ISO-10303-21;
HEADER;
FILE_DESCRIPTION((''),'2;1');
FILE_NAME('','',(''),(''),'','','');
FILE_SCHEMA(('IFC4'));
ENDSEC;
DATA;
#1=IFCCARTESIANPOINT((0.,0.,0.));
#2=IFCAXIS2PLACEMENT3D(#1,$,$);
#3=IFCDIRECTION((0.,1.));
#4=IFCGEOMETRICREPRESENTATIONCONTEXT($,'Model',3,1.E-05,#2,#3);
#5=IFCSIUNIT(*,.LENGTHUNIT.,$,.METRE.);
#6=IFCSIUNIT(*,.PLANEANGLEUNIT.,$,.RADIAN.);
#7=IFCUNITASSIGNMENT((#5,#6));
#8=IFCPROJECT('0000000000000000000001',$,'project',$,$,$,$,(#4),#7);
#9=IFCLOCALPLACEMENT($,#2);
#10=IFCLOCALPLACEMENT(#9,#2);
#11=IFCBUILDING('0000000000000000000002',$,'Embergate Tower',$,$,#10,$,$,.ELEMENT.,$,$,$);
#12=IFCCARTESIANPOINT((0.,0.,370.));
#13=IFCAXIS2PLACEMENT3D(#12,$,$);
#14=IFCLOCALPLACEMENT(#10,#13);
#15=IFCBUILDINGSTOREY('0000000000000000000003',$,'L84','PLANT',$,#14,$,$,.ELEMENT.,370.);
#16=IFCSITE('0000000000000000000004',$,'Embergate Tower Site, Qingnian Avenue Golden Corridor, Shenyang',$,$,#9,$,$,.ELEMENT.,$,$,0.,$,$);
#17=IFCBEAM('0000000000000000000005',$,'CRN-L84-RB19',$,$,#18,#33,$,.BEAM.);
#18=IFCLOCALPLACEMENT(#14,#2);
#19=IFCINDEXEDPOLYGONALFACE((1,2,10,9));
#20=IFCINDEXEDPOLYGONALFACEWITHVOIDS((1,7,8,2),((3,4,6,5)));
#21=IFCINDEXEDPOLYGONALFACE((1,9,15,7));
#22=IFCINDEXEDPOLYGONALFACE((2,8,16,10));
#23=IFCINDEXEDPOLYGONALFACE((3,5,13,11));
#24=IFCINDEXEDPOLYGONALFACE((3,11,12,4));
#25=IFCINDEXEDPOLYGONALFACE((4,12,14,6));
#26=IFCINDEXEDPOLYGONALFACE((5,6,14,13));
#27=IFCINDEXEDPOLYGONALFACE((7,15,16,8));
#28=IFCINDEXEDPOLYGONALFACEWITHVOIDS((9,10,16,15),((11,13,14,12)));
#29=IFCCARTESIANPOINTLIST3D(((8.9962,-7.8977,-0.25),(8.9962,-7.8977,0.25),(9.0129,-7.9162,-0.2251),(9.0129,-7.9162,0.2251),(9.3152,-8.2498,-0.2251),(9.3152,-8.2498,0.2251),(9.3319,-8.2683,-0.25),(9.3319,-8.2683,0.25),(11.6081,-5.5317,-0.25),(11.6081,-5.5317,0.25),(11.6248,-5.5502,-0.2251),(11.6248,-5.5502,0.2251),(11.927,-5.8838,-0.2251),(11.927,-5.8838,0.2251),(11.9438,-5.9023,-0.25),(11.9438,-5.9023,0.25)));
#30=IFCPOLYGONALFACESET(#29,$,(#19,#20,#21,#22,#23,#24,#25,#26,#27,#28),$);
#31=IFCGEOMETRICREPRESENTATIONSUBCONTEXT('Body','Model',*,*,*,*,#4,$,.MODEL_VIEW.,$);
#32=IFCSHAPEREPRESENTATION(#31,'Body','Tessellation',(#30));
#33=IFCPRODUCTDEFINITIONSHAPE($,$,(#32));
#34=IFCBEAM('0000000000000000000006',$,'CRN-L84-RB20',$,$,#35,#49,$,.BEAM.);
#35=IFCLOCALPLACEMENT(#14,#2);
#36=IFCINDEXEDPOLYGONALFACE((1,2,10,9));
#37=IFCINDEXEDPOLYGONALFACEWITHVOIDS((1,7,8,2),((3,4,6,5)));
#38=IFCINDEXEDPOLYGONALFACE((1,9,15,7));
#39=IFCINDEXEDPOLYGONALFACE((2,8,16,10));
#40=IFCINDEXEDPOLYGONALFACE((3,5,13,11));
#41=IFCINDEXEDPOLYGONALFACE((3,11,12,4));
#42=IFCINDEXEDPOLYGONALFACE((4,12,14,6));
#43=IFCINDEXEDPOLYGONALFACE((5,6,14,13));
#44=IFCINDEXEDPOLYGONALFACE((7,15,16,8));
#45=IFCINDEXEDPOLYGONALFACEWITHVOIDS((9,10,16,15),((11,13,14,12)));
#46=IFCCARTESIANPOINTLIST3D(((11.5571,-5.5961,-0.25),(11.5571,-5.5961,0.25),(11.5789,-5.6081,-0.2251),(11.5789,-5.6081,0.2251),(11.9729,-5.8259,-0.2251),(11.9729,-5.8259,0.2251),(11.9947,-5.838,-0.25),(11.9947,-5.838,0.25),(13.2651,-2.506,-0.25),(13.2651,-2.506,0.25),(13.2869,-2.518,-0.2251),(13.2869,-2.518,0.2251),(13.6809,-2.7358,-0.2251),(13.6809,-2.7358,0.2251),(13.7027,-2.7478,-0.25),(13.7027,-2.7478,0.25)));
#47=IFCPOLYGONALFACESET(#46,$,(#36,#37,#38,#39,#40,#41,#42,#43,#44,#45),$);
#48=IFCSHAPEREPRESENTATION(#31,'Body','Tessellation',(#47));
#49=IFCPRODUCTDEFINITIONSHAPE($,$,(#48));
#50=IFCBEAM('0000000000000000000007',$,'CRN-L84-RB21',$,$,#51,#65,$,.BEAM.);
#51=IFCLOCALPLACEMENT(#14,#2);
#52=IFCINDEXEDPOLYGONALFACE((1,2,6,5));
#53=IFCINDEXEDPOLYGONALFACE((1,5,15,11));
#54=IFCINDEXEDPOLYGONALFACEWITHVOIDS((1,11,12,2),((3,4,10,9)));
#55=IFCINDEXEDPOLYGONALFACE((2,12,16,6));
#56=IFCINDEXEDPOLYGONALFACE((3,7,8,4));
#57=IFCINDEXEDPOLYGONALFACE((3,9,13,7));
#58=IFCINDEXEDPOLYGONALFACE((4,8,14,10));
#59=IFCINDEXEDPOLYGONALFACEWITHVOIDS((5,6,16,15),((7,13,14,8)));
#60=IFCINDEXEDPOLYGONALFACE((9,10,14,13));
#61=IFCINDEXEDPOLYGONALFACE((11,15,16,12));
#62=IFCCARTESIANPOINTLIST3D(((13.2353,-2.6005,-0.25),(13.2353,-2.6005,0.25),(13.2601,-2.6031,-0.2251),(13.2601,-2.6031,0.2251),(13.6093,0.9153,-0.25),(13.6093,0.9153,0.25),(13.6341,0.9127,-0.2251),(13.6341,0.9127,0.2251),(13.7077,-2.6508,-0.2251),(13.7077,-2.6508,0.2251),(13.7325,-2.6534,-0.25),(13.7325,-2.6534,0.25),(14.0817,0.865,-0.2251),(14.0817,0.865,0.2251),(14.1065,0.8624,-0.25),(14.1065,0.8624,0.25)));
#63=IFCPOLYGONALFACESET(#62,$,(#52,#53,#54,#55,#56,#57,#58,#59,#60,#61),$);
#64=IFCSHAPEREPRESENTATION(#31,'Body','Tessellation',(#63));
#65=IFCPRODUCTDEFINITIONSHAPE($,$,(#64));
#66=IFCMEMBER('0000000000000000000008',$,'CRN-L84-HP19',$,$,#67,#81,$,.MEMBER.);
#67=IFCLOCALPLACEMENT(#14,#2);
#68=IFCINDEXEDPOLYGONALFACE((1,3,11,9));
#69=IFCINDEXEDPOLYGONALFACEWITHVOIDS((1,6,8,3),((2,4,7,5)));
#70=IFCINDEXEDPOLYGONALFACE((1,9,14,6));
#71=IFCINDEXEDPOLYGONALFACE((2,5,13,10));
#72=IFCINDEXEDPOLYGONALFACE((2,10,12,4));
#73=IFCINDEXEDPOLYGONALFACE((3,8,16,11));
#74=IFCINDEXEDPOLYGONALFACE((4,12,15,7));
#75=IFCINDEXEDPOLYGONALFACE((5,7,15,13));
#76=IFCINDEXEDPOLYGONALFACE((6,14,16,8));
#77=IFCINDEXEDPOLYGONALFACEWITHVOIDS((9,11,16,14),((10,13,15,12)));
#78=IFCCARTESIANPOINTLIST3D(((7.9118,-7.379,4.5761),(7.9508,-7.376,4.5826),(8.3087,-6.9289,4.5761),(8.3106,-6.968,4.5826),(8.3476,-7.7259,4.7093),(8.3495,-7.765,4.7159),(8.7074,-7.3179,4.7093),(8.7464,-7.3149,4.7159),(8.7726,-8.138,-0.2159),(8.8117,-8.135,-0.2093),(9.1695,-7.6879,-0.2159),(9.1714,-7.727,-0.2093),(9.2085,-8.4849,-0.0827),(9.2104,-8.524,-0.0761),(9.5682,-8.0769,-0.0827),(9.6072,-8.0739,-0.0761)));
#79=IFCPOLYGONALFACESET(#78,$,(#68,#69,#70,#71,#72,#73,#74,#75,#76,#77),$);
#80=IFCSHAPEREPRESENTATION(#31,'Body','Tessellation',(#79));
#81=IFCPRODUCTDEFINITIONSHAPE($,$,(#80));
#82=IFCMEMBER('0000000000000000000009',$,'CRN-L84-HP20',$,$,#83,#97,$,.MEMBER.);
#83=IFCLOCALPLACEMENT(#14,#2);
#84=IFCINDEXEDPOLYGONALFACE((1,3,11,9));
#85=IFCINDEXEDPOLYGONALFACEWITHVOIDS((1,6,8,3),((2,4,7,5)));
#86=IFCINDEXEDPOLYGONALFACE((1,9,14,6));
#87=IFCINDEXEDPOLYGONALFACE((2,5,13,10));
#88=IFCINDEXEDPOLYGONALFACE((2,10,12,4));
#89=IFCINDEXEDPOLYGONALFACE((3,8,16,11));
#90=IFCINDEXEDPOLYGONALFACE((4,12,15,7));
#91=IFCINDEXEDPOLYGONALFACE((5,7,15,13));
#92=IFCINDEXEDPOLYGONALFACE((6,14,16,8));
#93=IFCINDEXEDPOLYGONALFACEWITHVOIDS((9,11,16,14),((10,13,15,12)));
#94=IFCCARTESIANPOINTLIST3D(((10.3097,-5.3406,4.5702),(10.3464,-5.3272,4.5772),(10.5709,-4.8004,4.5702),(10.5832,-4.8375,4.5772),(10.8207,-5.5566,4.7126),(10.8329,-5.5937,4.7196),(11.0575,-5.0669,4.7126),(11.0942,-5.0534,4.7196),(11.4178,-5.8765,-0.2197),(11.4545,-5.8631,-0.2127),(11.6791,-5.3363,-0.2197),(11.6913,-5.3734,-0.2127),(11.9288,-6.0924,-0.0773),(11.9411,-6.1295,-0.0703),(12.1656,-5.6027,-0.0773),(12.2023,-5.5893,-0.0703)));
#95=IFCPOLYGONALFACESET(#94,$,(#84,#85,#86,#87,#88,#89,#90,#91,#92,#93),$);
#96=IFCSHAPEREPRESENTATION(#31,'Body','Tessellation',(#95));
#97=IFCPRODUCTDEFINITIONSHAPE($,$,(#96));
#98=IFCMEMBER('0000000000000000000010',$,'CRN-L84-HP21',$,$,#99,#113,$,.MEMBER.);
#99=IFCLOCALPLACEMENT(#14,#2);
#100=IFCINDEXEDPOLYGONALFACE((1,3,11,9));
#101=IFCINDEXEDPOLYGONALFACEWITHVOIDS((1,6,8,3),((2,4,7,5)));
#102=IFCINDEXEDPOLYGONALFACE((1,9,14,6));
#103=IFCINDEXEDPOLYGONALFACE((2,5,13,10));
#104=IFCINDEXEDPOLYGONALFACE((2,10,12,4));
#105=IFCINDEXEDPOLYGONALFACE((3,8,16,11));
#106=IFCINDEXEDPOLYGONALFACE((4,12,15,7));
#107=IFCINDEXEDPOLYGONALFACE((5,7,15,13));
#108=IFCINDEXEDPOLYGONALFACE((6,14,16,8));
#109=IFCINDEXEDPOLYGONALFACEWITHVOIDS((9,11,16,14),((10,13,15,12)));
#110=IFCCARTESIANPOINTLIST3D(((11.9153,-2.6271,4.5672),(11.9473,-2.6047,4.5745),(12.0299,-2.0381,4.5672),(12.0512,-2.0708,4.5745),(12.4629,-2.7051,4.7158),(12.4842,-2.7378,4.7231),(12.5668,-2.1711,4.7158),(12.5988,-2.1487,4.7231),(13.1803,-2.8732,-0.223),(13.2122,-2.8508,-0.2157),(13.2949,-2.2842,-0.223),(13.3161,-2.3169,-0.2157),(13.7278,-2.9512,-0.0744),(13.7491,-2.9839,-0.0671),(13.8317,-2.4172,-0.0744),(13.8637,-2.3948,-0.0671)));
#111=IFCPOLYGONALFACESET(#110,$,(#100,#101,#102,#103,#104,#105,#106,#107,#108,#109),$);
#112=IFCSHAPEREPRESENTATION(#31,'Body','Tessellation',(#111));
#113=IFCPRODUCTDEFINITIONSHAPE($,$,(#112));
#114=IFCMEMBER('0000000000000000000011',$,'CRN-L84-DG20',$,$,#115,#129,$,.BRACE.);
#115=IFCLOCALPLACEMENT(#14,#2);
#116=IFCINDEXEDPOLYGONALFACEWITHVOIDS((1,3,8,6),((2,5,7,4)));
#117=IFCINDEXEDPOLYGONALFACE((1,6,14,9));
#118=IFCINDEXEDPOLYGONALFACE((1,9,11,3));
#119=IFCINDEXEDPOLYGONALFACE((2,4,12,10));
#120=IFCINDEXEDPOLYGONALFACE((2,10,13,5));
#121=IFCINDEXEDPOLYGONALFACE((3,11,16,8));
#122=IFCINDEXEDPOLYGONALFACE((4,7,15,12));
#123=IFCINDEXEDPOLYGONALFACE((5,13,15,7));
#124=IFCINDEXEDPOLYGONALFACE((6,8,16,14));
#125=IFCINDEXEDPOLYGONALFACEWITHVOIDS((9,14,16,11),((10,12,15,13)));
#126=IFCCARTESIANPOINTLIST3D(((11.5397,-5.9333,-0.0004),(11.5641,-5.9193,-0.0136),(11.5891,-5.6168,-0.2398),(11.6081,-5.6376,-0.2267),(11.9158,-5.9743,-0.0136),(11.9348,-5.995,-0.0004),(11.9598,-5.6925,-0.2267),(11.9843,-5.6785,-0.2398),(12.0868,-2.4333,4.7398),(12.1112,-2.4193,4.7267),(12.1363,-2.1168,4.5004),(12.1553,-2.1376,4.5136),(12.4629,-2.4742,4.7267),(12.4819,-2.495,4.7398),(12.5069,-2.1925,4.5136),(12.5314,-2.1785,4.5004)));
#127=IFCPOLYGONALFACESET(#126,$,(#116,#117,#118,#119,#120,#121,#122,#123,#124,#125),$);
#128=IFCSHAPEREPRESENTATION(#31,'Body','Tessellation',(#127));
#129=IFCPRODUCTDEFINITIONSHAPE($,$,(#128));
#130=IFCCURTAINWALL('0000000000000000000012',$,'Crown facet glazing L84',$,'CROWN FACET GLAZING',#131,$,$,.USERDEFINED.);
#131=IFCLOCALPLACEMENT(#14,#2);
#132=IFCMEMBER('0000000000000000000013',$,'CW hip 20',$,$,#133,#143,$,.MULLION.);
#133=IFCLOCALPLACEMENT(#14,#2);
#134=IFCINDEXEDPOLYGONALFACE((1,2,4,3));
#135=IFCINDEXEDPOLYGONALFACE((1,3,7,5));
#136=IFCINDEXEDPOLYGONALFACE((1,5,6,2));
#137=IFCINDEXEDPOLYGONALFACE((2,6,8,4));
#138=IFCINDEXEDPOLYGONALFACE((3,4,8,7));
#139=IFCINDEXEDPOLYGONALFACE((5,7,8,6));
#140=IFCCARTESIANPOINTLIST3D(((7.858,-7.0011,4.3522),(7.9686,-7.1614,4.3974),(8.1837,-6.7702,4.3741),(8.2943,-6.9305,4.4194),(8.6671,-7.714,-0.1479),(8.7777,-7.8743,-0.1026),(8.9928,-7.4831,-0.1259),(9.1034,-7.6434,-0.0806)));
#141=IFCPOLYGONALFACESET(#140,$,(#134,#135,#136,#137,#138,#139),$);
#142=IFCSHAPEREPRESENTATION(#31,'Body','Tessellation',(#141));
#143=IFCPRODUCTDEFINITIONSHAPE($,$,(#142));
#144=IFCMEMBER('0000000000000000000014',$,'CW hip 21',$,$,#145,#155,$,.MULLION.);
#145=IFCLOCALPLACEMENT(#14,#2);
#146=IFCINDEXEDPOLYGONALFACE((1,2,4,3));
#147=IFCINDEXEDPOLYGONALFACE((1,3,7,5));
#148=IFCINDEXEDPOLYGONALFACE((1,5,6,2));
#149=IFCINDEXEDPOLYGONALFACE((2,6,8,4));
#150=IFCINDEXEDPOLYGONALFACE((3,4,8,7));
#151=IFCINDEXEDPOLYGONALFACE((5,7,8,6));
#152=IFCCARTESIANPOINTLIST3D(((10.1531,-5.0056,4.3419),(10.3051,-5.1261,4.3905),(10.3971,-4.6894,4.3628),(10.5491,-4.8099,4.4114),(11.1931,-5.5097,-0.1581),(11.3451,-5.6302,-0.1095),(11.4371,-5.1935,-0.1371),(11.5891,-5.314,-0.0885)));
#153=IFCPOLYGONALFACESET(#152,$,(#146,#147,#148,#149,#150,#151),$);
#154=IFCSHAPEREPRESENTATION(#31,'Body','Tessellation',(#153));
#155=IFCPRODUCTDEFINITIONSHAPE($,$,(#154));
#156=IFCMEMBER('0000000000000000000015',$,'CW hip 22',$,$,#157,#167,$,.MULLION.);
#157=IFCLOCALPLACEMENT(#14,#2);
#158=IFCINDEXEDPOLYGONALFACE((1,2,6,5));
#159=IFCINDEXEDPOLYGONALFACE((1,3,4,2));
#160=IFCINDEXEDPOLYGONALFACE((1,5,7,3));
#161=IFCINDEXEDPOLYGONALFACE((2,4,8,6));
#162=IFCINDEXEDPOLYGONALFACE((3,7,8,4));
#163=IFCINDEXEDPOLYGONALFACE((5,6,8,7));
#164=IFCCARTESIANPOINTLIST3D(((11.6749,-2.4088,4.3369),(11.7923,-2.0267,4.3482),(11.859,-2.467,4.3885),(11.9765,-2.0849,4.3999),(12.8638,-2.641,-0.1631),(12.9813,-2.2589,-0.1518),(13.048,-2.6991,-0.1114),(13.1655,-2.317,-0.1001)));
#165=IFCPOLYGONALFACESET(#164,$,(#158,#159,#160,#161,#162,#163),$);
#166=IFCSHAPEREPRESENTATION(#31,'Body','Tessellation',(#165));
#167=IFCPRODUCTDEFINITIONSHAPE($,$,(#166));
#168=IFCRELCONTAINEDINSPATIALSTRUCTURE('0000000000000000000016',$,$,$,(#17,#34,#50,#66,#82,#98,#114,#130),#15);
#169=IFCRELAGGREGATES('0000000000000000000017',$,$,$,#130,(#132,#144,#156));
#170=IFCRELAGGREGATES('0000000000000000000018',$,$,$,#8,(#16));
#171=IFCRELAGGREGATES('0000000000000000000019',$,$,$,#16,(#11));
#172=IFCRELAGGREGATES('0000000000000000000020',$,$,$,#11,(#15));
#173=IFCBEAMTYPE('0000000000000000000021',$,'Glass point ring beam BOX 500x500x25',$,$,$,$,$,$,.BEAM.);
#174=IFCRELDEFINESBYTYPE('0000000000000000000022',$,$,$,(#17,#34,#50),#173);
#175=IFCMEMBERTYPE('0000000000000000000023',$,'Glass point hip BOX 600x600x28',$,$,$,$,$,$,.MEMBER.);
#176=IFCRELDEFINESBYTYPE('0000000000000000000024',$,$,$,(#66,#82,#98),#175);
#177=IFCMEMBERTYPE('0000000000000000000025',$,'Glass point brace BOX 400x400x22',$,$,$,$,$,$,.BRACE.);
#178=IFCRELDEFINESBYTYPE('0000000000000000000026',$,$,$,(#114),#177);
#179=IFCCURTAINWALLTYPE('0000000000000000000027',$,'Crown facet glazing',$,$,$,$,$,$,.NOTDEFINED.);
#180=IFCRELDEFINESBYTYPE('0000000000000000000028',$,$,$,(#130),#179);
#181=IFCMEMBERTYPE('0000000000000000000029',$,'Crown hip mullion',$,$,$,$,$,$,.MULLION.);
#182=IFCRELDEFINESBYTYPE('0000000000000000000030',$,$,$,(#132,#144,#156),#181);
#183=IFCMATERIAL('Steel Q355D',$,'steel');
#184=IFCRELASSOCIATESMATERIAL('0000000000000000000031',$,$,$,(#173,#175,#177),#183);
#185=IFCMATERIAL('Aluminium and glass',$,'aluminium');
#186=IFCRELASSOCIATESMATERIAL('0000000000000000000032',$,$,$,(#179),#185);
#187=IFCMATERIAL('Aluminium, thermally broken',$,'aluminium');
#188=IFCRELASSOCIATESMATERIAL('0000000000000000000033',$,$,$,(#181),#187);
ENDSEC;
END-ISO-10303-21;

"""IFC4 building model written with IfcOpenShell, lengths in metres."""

from ifc_helpers import new_model, si_unit, direction, frame, origin, origin_2d, place, context, subcontext, project, spatial, rectangle, hollow_rectangle, extrude, source, transform, mapped, material, material_profile, profile_set, type_object, element, aggregate, save


model = new_model("IFC4")

# Units and contexts
model_context = context("Model", 3, precision=1e-05, world=origin(), true_north=direction((0.0, 1.0)))
body_context = subcontext(model_context, "Body", "Model", "MODEL_VIEW")
ifc_project = project(units=[si_unit("LENGTHUNIT", "METRE"), si_unit("PLANEANGLEUNIT", "RADIAN")], contexts=[model_context])

# Site, building, storey
site_placement = place(None, origin())
site = spatial("IfcSite", under=ifc_project, at=site_placement, Name="Embergate Tower Site, Qingnian Avenue Golden Corridor, Shenyang", CompositionType="ELEMENT", RefElevation=0.0)
building_placement = place(site_placement, origin())
building = spatial("IfcBuilding", under=site, at=building_placement, Name="Embergate Tower", CompositionType="ELEMENT")
storey_placement = place(building_placement, frame((0.0, 0.0, 370.0)))
storey = spatial("IfcBuildingStorey", under=building, at=storey_placement, Name="L84", Description="PLANT", CompositionType="ELEMENT", Elevation=370.0)

# Beams
ifc_material_1 = material(Name="Steel Q355D", Category="steel")
ifc_material_profile_1 = material_profile(ifc_material_1, hollow_rectangle(XDim=0.5, YDim=0.5, WallThickness=0.0249, at=origin_2d()), Name="BOX 500x500x25")
ifc_profile_set_1 = profile_set([ifc_material_profile_1], Name="Steel Q355 grade D")
beam_type = type_object("IfcBeamType", Name="Glass point ring beam BOX 500x500x25", PredefinedType="BEAM", material=ifc_profile_set_1)
shared_shape_1 = source(origin(), body_context, "Body", "SweptSolid", [
    extrude(hollow_rectangle(XDim=0.5, YDim=0.5, WallThickness=0.0249, at=origin_2d()), origin(), (0.0, 0.0, 1.0), 3.5242),
])
beam_1_placement = place(storey_placement, frame((9.1641, -8.083, 0.0), z_axis=(0.741127, 0.671365, 0.0), x_axis=(-0.671365, 0.741127, 0.0)))
element("IfcBeam", 1, at=beam_1_placement, inside=storey, type_object=beam_type, Name="CRN-L84-RB19", PredefinedType="BEAM", context=body_context, shape_type="MappedRepresentation", body=[
    mapped(shared_shape_1, transform((0.0, 0.0, 0.0))),
])
shared_shape_2 = source(origin(), body_context, "Body", "SweptSolid", [
    extrude(hollow_rectangle(XDim=0.5, YDim=0.5, WallThickness=0.0249, at=origin_2d()), origin(), (0.0, 0.0, 1.0), 3.5308),
])
beam_2_placement = place(storey_placement, frame((11.7759, -5.717, 0.0), z_axis=(0.483757, 0.875202, 0.0), x_axis=(-0.875202, 0.483757, 0.0)))
element("IfcBeam", 2, at=beam_2_placement, inside=storey, type_object=beam_type, Name="CRN-L84-RB20", PredefinedType="BEAM", context=body_context, shape_type="MappedRepresentation", body=[
    mapped(shared_shape_2, transform((0.0, 0.0, 0.0))),
])
shared_shape_3 = source(origin(), body_context, "Body", "SweptSolid", [
    extrude(hollow_rectangle(XDim=0.5, YDim=0.5, WallThickness=0.0249, at=origin_2d()), origin(), (0.0, 0.0, 1.0), 3.5356),
])
beam_3_placement = place(storey_placement, frame((13.4839, -2.627, 0.0), z_axis=(0.105785, 0.994389, 0.0), x_axis=(-0.994389, 0.105785, 0.0)))
element("IfcBeam", 3, at=beam_3_placement, inside=storey, type_object=beam_type, Name="CRN-L84-RB21", PredefinedType="BEAM", context=body_context, shape_type="MappedRepresentation", body=[
    mapped(shared_shape_3, transform((0.0, 0.0, 0.0))),
])

# Members
ifc_material_profile_2 = material_profile(ifc_material_1, hollow_rectangle(XDim=0.6001, YDim=0.6001, WallThickness=0.0281, at=origin_2d()), Name="BOX 600x600x28")
ifc_profile_set_2 = profile_set([ifc_material_profile_2], Name="Steel Q355 grade D")
member_type_1 = type_object("IfcMemberType", Name="Glass point hip BOX 600x600x28", PredefinedType="MEMBER", material=ifc_profile_set_2)
shared_shape_4 = source(origin(), body_context, "Body", "SweptSolid", [
    extrude(hollow_rectangle(XDim=0.6001, YDim=0.6001, WallThickness=0.0281, at=origin_2d()), origin(), (0.0, 0.0, 1.0), 4.9275),
])
member_1_placement = place(storey_placement, frame((9.1899, -8.106, -0.146), z_axis=(-0.174701, 0.15404, 0.972497), x_axis=(-0.661361, -0.750068, 0.0)))
element("IfcMember", 4, at=member_1_placement, inside=storey, type_object=member_type_1, Name="CRN-L84-HP19", PredefinedType="MEMBER", context=body_context, shape_type="MappedRepresentation", body=[
    mapped(shared_shape_4, transform((0.0, 0.0, 0.0))),
])
shared_shape_5 = source(origin(), body_context, "Body", "SweptSolid", [
    extrude(hollow_rectangle(XDim=0.6001, YDim=0.6001, WallThickness=0.0281, at=origin_2d()), origin(), (0.0, 0.0, 1.0), 4.9456),
])
member_2_placement = place(storey_placement, frame((11.8101, -5.7329, -0.145), z_axis=(-0.224066, 0.108355, 0.968532), x_axis=(-0.435354, -0.90026, 0.0)))
element("IfcMember", 5, at=member_2_placement, inside=storey, type_object=member_type_1, Name="CRN-L84-HP20", PredefinedType="MEMBER", context=body_context, shape_type="MappedRepresentation", body=[
    mapped(shared_shape_5, transform((0.0, 0.0, 0.0))),
])
shared_shape_6 = source(origin(), body_context, "Body", "SweptSolid", [
    extrude(hollow_rectangle(XDim=0.6001, YDim=0.6001, WallThickness=0.0281, at=origin_2d()), origin(), (0.0, 0.0, 1.0), 4.9604),
])
member_3_placement = place(storey_placement, frame((13.522, -2.634, -0.145), z_axis=(-0.255001, 0.049612, 0.965667), x_axis=(-0.190976, -0.981595, 0.0)))
element("IfcMember", 6, at=member_3_placement, inside=storey, type_object=member_type_1, Name="CRN-L84-HP21", PredefinedType="MEMBER", context=body_context, shape_type="MappedRepresentation", body=[
    mapped(shared_shape_6, transform((0.0, 0.0, 0.0))),
])
ifc_material_profile_3 = material_profile(ifc_material_1, hollow_rectangle(XDim=0.3999, YDim=0.3999, WallThickness=0.022, at=origin_2d()), Name="BOX 400x400x22")
ifc_profile_set_3 = profile_set([ifc_material_profile_3], Name="Steel Q355 grade D")
member_type_2 = type_object("IfcMemberType", Name="Glass point brace BOX 400x400x22", PredefinedType="BRACE", material=ifc_profile_set_3)
shared_shape_7 = source(origin(), body_context, "Body", "SweptSolid", [
    extrude(hollow_rectangle(XDim=0.3999, YDim=0.3999, WallThickness=0.022, at=origin_2d()), origin(), (0.0, 0.0, 1.0), 5.9177),
])
member_4_placement = place(storey_placement, frame((11.762, -5.8059, -0.1201), z_axis=(0.092455, 0.591446, 0.801027), x_axis=(-0.988002, 0.154444, 0.0)))
element("IfcMember", 7, at=member_4_placement, inside=storey, type_object=member_type_2, Name="CRN-L84-DG20", PredefinedType="BRACE", context=body_context, shape_type="MappedRepresentation", body=[
    mapped(shared_shape_7, transform((0.0, 0.0, 0.0))),
])

# Curtain wall, members
ifc_material_2 = material(Name="Aluminium and glass", Category="aluminium")
curtain_wall_type = type_object("IfcCurtainWallType", Name="Crown facet glazing", PredefinedType="NOTDEFINED", material=ifc_material_2)
curtain_wall_placement = place(storey_placement, origin())
curtain_wall = element("IfcCurtainWall", 8, at=curtain_wall_placement, inside=storey, type_object=curtain_wall_type, Name="Crown facet glazing L84", ObjectType="CROWN FACET GLAZING", PredefinedType="USERDEFINED")
ifc_material_3 = material(Name="Aluminium, thermally broken", Category="aluminium")
ifc_material_profile_4 = material_profile(ifc_material_3, rectangle(XDim=0.2, YDim=0.3999, at=origin_2d()), Name="AL 400x200")
ifc_profile_set_4 = profile_set([ifc_material_profile_4], Name="Aluminium, thermally broken")
member_type_3 = type_object("IfcMemberType", Name="Crown hip mullion", PredefinedType="MULLION", material=ifc_profile_set_4)
shared_shape_8 = source(origin(), body_context, "Body", "SweptSolid", [
    extrude(rectangle(XDim=0.2, YDim=0.3999, at=origin_2d()), origin(), (0.0, 0.0, 1.0), 4.6274),
])
member_5_placement = place(storey_placement, frame((8.8853, -7.6787, -0.1143), z_axis=(-0.174846, 0.154059, 0.972468), x_axis=(0.553086, -0.801756, 0.226457)))
member_5 = element("IfcMember", 9, at=member_5_placement, type_object=member_type_3, Name="CW hip 20", PredefinedType="MULLION", context=body_context, shape_type="MappedRepresentation", body=[
    mapped(shared_shape_8, transform((0.0, 0.0, 0.0))),
])
shared_shape_9 = source(origin(), body_context, "Body", "SweptSolid", [
    extrude(rectangle(XDim=0.2, YDim=0.3999, at=origin_2d()), origin(), (0.0, 0.0, 1.0), 4.646),
])
member_6_placement = place(storey_placement, frame((11.3911, -5.4119, -0.1233), z_axis=(-0.223854, 0.108511, 0.968563), x_axis=(0.760096, -0.602591, 0.243184)))
member_6 = element("IfcMember", 10, at=member_6_placement, type_object=member_type_3, Name="CW hip 21", PredefinedType="MULLION", context=body_context, shape_type="MappedRepresentation", body=[
    mapped(shared_shape_9, transform((0.0, 0.0, 0.0))),
])
shared_shape_10 = source(origin(), body_context, "Body", "SweptSolid", [
    extrude(rectangle(XDim=0.2, YDim=0.3999, at=origin_2d()), origin(), (0.0, 0.0, 1.0), 4.6602),
])
member_7_placement = place(storey_placement, frame((13.0146, -2.479, -0.1316), z_axis=(-0.255131, 0.049821, 0.965622), x_axis=(0.92119, -0.290924, 0.258402)))
member_7 = element("IfcMember", 11, at=member_7_placement, type_object=member_type_3, Name="CW hip 22", PredefinedType="MULLION", context=body_context, shape_type="MappedRepresentation", body=[
    mapped(shared_shape_10, transform((0.0, 0.0, 0.0))),
])
aggregate(curtain_wall, [member_5, member_6, member_7])

save(model, "model.ifc")
